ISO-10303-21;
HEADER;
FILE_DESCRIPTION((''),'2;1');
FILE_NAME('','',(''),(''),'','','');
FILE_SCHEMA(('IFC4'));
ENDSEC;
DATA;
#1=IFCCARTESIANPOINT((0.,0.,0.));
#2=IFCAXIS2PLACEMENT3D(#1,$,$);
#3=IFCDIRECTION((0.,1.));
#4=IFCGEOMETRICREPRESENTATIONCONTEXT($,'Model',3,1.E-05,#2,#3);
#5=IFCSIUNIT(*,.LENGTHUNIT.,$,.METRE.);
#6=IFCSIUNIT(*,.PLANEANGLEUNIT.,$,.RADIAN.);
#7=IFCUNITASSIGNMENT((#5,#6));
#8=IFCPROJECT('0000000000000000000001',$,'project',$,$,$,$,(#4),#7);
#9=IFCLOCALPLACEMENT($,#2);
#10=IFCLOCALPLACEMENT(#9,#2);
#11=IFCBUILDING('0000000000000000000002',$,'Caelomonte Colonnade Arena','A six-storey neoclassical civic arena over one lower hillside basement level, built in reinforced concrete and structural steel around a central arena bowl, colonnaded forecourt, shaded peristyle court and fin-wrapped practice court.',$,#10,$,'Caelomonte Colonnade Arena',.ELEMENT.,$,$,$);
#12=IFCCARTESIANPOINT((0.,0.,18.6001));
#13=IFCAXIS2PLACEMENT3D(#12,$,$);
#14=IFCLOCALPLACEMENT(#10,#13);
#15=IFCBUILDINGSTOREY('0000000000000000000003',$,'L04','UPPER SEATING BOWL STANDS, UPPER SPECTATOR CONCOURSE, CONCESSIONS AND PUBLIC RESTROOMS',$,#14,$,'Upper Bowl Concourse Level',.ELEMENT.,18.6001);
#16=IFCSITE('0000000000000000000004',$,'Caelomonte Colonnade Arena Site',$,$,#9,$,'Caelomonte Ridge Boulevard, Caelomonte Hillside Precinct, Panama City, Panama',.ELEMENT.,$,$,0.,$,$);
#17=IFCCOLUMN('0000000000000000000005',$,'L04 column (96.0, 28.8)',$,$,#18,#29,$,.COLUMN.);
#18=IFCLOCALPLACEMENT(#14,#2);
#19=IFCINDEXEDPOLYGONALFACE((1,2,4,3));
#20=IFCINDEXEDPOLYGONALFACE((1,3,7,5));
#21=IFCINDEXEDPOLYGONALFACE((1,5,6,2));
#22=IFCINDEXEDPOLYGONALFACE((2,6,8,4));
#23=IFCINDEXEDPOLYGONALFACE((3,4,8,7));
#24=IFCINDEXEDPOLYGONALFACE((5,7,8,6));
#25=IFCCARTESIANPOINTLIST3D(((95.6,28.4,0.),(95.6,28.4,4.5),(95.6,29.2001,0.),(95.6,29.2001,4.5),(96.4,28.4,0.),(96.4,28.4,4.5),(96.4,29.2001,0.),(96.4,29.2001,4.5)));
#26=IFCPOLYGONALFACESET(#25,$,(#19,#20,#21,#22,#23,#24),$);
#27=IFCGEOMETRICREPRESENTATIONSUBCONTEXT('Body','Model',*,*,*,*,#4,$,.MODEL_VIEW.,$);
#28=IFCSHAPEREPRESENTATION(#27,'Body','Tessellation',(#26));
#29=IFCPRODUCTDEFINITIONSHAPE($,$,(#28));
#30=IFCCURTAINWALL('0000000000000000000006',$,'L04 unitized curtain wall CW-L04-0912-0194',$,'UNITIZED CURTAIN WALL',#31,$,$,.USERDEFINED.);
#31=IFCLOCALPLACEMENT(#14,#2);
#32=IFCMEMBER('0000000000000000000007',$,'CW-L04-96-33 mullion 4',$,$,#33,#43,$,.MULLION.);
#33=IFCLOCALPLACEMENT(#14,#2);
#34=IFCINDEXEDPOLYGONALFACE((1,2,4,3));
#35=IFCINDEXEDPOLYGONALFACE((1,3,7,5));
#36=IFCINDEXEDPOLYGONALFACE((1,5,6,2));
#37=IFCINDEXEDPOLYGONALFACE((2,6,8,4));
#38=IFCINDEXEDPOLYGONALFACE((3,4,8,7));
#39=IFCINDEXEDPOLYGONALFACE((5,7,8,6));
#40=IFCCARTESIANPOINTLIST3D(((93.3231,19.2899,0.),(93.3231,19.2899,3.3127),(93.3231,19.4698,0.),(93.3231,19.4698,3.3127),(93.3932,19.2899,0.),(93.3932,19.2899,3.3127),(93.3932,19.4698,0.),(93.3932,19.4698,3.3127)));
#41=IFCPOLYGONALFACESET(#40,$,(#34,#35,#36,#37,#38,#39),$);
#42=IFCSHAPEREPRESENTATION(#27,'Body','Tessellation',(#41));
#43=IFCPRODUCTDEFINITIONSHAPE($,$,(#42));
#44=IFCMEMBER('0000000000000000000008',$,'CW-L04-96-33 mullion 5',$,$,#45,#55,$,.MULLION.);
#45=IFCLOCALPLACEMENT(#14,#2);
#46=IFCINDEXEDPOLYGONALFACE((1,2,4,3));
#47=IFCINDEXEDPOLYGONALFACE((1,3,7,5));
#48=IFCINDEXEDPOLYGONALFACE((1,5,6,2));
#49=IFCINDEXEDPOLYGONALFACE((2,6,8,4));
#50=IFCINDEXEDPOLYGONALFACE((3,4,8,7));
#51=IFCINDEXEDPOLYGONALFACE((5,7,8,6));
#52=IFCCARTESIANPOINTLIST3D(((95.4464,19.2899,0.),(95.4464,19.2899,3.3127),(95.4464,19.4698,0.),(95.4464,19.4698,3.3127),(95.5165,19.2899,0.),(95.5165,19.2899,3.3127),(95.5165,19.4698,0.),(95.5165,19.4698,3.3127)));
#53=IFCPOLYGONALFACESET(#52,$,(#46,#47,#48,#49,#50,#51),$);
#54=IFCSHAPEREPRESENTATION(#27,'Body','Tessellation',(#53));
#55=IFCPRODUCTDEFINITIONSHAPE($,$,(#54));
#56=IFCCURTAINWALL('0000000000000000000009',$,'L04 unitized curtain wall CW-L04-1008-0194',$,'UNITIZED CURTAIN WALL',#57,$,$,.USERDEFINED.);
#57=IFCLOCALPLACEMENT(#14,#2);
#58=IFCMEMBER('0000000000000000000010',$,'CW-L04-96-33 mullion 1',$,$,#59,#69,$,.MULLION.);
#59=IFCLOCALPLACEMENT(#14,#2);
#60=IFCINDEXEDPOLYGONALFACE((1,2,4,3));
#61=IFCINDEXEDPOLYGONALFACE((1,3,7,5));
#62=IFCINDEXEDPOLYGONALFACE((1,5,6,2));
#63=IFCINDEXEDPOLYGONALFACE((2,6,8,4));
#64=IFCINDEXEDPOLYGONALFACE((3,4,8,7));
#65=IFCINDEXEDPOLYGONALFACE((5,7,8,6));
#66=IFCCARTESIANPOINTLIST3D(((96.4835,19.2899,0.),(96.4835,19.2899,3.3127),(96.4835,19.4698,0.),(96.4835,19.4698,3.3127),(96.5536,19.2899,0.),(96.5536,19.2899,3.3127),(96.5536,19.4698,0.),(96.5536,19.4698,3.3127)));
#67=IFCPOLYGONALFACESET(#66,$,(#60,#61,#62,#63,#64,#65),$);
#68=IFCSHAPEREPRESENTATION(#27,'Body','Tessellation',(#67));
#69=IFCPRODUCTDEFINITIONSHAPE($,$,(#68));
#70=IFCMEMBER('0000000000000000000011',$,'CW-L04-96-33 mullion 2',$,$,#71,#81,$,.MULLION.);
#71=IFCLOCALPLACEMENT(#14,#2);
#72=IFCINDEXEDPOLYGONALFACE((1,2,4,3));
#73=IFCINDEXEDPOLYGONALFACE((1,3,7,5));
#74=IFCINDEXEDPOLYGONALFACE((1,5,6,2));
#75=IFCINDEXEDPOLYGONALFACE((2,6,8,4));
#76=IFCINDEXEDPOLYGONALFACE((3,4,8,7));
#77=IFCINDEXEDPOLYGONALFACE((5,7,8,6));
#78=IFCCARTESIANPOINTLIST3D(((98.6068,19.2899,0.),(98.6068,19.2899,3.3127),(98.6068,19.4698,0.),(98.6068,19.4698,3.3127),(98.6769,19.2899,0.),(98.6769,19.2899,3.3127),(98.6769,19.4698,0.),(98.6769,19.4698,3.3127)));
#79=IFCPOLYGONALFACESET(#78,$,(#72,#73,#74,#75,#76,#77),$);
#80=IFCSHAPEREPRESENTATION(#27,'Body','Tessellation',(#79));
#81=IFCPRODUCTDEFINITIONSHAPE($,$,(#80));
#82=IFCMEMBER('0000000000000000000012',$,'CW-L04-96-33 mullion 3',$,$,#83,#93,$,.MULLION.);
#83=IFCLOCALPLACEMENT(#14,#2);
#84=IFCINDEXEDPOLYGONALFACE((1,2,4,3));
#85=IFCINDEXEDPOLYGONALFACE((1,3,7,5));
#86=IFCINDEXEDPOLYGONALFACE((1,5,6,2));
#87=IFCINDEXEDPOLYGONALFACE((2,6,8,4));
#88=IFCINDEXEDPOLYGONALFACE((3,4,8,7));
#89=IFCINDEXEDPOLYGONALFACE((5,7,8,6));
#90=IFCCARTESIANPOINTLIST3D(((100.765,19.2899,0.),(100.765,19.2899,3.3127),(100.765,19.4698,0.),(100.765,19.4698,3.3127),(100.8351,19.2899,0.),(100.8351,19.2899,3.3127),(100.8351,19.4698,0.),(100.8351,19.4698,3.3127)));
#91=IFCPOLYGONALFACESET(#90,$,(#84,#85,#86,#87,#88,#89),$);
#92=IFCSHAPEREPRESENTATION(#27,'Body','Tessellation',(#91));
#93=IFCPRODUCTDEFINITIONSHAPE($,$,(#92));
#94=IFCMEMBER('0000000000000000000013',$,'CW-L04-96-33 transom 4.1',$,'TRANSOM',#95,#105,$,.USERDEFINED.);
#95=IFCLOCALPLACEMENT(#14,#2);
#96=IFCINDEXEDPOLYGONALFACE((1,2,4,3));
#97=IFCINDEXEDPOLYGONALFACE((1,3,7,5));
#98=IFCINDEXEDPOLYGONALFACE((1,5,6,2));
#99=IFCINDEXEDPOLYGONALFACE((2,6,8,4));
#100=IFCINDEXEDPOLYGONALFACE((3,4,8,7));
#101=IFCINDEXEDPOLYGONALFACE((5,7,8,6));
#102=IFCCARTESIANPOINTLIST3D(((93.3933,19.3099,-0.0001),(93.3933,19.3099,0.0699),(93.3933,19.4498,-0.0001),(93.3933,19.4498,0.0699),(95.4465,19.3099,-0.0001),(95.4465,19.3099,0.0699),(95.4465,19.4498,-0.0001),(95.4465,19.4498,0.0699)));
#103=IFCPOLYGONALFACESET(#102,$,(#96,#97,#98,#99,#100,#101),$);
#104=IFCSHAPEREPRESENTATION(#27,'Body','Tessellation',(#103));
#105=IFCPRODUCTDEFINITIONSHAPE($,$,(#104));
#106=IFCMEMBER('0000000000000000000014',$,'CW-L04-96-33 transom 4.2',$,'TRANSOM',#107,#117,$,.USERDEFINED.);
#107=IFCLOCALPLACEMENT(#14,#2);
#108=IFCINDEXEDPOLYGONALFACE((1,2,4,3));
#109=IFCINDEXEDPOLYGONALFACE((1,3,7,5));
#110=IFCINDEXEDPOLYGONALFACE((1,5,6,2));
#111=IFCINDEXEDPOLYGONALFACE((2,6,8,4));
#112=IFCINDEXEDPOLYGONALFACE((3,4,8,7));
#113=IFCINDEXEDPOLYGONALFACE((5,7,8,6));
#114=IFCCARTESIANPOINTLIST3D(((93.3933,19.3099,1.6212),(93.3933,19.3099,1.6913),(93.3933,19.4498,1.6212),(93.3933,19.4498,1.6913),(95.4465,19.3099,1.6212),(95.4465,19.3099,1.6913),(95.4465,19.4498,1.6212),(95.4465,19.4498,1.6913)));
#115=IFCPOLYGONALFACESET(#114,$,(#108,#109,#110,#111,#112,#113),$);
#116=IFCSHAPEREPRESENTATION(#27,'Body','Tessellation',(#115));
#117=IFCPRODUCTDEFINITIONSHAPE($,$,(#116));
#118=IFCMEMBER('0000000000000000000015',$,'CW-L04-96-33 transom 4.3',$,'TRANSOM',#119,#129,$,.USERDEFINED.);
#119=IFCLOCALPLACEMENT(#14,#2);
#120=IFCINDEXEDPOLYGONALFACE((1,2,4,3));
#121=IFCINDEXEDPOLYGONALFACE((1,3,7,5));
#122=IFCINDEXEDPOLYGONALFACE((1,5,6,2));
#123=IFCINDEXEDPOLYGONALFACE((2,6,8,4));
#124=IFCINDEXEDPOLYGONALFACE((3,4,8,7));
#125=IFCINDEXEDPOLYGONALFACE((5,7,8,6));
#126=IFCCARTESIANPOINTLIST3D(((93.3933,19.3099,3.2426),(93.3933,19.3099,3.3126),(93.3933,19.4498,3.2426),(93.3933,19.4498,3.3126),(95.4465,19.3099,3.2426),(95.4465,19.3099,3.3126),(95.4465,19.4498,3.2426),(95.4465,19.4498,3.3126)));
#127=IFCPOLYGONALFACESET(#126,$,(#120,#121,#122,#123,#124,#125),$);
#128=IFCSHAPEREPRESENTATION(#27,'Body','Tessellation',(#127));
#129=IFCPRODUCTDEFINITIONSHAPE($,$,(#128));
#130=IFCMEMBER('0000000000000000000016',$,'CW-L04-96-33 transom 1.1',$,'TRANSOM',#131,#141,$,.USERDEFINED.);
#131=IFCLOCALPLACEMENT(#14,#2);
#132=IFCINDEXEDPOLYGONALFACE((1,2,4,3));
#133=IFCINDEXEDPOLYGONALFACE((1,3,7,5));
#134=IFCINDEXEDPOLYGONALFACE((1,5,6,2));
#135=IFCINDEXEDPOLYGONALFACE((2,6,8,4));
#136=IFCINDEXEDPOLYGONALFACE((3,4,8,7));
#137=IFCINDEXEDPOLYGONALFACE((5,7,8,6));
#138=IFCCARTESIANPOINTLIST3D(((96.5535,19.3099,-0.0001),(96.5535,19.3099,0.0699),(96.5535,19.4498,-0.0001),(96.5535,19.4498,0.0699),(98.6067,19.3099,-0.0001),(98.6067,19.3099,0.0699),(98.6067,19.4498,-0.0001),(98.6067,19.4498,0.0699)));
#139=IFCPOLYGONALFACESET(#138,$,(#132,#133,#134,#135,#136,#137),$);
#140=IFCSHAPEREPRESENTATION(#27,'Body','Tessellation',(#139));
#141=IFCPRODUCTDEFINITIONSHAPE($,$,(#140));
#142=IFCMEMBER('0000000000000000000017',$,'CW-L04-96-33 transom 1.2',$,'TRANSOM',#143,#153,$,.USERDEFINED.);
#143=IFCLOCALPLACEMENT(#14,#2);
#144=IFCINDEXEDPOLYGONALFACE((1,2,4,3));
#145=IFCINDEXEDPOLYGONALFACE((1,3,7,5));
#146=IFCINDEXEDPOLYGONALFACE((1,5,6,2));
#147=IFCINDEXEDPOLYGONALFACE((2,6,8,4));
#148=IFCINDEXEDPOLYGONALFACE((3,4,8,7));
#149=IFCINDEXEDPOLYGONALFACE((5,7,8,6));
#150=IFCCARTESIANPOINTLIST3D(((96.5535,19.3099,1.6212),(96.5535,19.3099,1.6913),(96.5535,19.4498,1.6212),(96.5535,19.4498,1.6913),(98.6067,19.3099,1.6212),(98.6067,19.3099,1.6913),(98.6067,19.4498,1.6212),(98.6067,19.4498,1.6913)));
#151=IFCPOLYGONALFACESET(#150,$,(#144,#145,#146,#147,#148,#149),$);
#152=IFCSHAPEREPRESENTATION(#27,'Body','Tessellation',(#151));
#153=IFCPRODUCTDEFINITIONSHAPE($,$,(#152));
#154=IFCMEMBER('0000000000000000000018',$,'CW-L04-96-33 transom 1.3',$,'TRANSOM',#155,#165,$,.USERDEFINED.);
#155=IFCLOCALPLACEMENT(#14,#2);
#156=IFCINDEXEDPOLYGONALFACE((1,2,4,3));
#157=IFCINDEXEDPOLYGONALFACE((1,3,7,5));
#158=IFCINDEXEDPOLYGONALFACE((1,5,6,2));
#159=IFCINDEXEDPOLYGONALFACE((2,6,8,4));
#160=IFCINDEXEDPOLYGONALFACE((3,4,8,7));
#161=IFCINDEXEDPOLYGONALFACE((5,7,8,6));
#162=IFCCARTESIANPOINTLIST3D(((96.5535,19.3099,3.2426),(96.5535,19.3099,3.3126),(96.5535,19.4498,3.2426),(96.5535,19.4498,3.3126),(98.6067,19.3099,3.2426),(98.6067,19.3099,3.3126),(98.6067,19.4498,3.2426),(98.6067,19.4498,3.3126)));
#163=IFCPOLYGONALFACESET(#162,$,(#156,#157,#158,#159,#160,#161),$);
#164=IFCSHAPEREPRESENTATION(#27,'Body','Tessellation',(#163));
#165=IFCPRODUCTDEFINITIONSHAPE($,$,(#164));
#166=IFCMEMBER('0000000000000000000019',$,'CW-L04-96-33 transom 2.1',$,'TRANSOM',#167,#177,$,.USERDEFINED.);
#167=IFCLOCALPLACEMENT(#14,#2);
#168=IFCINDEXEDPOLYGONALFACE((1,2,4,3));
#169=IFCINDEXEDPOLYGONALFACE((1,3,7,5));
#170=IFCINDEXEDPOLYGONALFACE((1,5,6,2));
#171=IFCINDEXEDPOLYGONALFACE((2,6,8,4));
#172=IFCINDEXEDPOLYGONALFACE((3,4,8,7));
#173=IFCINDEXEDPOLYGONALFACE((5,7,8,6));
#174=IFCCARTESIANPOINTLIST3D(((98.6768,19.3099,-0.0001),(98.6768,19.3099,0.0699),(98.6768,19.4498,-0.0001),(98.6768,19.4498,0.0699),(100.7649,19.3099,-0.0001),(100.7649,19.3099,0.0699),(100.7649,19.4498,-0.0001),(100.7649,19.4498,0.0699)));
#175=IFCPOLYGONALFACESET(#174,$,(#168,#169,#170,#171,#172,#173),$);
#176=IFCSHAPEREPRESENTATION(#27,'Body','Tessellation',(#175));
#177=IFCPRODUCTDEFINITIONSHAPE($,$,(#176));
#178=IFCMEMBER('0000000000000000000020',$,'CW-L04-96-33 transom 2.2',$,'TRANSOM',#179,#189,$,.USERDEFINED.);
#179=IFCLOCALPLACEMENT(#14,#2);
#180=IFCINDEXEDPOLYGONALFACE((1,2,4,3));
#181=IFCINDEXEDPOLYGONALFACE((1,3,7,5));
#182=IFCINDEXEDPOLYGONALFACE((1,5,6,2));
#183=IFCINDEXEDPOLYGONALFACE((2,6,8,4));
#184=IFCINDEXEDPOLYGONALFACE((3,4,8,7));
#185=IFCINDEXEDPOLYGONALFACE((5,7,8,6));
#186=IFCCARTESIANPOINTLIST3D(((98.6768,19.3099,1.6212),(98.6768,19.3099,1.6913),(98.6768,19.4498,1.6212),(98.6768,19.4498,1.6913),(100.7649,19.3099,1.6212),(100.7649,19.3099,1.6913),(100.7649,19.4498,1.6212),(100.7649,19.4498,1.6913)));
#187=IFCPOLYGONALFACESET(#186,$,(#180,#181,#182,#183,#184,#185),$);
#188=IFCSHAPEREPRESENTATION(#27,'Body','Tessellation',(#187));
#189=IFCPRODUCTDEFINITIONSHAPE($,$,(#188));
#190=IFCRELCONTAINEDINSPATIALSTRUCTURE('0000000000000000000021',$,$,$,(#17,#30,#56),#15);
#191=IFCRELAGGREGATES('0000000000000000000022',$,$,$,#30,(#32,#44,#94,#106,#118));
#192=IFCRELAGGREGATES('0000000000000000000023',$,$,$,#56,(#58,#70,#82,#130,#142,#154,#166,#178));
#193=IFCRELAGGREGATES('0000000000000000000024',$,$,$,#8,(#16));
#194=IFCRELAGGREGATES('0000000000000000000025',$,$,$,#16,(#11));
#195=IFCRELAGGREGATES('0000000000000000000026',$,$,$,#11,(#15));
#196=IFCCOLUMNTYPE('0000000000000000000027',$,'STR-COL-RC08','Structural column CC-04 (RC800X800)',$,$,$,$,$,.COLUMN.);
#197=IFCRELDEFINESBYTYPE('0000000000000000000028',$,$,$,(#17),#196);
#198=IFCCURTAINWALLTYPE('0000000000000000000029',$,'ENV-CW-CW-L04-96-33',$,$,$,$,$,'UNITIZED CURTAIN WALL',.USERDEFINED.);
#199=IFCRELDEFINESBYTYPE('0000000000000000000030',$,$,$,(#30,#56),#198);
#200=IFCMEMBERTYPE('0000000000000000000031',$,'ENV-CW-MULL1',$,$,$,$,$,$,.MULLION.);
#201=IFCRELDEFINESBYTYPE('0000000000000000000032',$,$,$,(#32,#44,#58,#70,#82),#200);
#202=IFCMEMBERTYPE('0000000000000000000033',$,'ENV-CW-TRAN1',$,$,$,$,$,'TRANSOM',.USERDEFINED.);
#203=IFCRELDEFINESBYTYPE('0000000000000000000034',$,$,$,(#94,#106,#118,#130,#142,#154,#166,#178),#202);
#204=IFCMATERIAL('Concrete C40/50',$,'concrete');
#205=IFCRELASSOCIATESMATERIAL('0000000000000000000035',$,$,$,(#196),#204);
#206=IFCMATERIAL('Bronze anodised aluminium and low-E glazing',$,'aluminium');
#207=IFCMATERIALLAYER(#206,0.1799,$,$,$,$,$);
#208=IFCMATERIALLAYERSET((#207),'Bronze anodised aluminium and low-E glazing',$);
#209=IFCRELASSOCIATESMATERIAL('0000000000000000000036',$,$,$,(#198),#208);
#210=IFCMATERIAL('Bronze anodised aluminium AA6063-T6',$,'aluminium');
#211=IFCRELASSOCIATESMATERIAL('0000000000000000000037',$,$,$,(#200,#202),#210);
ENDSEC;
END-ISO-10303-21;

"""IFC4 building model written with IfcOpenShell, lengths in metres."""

from ifc_helpers import new_model, si_unit, direction, frame, origin, origin_2d, place, context, subcontext, project, spatial, rectangle, extrude, material, layer, layer_set, material_profile, profile_set, type_object, element, aggregate, save


model = new_model("IFC4")

# Units and contexts
model_context = context("Model", 3, precision=1e-05, world=origin(), true_north=direction((0.0, 1.0)))
body_context = subcontext(model_context, "Body", "Model", "MODEL_VIEW")
ifc_project = project(units=[si_unit("LENGTHUNIT", "METRE"), si_unit("PLANEANGLEUNIT", "RADIAN")], contexts=[model_context])

# Site, building, storey
site_placement = place(None, origin())
site = spatial("IfcSite", under=ifc_project, at=site_placement, Name="Caelomonte Colonnade Arena Site", LongName="Caelomonte Ridge Boulevard, Caelomonte Hillside Precinct, Panama City, Panama", CompositionType="ELEMENT", RefElevation=0.0)
building_placement = place(site_placement, origin())
building = spatial("IfcBuilding", under=site, at=building_placement, Name="Caelomonte Colonnade Arena", Description="A six-storey neoclassical civic arena over one lower hillside basement level, built in reinforced concrete and structural steel around a central arena bowl, colonnaded forecourt, shaded peristyle court and fin-wrapped practice court.", LongName="Caelomonte Colonnade Arena", CompositionType="ELEMENT")
storey_placement = place(building_placement, frame((0.0, 0.0, 18.6001)))
storey = spatial("IfcBuildingStorey", under=building, at=storey_placement, Name="L04", Description="UPPER SEATING BOWL STANDS, UPPER SPECTATOR CONCOURSE, CONCESSIONS AND PUBLIC RESTROOMS", LongName="Upper Bowl Concourse Level", CompositionType="ELEMENT", Elevation=18.6001)

# Column
ifc_material_1 = material(Name="Concrete C40/50", Category="concrete")
ifc_material_profile_1 = material_profile(ifc_material_1, rectangle(XDim=0.8, YDim=0.8, at=origin_2d()), Name="RC800X800")
ifc_profile_set_1 = profile_set([ifc_material_profile_1], Name="Concrete C40/50")
column_type = type_object("IfcColumnType", Name="STR-COL-RC08", Description="Structural column CC-04 (RC800X800)", PredefinedType="COLUMN", material=ifc_profile_set_1)
column_placement = place(storey_placement, frame((96.0, 28.8, 0.0), z_axis=(0.0, 0.0, 1.0), x_axis=(1.0, 0.0, 0.0)))
element("IfcColumn", 1, at=column_placement, inside=storey, type_object=column_type, Name="L04 column (96.0, 28.8)", PredefinedType="COLUMN", context=body_context, shape_type="SweptSolid", body=[
    extrude(rectangle(XDim=0.8, YDim=0.8, at=origin_2d()), origin(), (0.0, 0.0, 1.0), 4.5),
])

# Curtain walls, members
ifc_material_2 = material(Name="Bronze anodised aluminium and low-E glazing", Category="aluminium")
ifc_layer_1 = layer(ifc_material_2, 0.1799)
ifc_layer_set_1 = layer_set([ifc_layer_1], Name="Bronze anodised aluminium and low-E glazing")
curtain_wall_type = type_object("IfcCurtainWallType", Name="ENV-CW-CW-L04-96-33", ElementType="UNITIZED CURTAIN WALL", PredefinedType="USERDEFINED", material=ifc_layer_set_1)
curtain_wall_1_placement = place(storey_placement, origin())
curtain_wall_1 = element("IfcCurtainWall", 2, at=curtain_wall_1_placement, inside=storey, type_object=curtain_wall_type, Name="L04 unitized curtain wall CW-L04-0912-0194", ObjectType="UNITIZED CURTAIN WALL", PredefinedType="USERDEFINED")
ifc_material_3 = material(Name="Bronze anodised aluminium AA6063-T6", Category="aluminium")
ifc_material_profile_2 = material_profile(ifc_material_3, rectangle(XDim=0.0701, YDim=0.1799, at=origin_2d()), Name="CWM-70X180")
ifc_profile_set_2 = profile_set([ifc_material_profile_2], Name="Bronze anodised aluminium AA6063-T6")
member_type_1 = type_object("IfcMemberType", Name="ENV-CW-MULL1", PredefinedType="MULLION", material=ifc_profile_set_2)
member_1_placement = place(storey_placement, frame((93.3582, 19.3799, 0.0), z_axis=(0.0, 0.0, 1.0), x_axis=(1.0, 0.0, 0.0)))
member_1 = element("IfcMember", 3, at=member_1_placement, type_object=member_type_1, Name="CW-L04-96-33 mullion 4", PredefinedType="MULLION", context=body_context, shape_type="SweptSolid", body=[
    extrude(rectangle(XDim=0.0701, YDim=0.1799, at=origin_2d()), origin(), (0.0, 0.0, 1.0), 3.3127),
])
member_2_placement = place(storey_placement, frame((95.4814, 19.3799, 0.0), z_axis=(0.0, 0.0, 1.0), x_axis=(1.0, 0.0, 0.0)))
member_2 = element("IfcMember", 4, at=member_2_placement, type_object=member_type_1, Name="CW-L04-96-33 mullion 5", PredefinedType="MULLION", context=body_context, shape_type="SweptSolid", body=[
    extrude(rectangle(XDim=0.0701, YDim=0.1799, at=origin_2d()), origin(), (0.0, 0.0, 1.0), 3.3127),
])
curtain_wall_2_placement = place(storey_placement, origin())
curtain_wall_2 = element("IfcCurtainWall", 5, at=curtain_wall_2_placement, inside=storey, type_object=curtain_wall_type, Name="L04 unitized curtain wall CW-L04-1008-0194", ObjectType="UNITIZED CURTAIN WALL", PredefinedType="USERDEFINED")
member_3_placement = place(storey_placement, frame((96.5186, 19.3799, 0.0), z_axis=(0.0, 0.0, 1.0), x_axis=(1.0, 0.0, 0.0)))
member_3 = element("IfcMember", 6, at=member_3_placement, type_object=member_type_1, Name="CW-L04-96-33 mullion 1", PredefinedType="MULLION", context=body_context, shape_type="SweptSolid", body=[
    extrude(rectangle(XDim=0.0701, YDim=0.1799, at=origin_2d()), origin(), (0.0, 0.0, 1.0), 3.3127),
])
member_4_placement = place(storey_placement, frame((98.6418, 19.3799, 0.0), z_axis=(0.0, 0.0, 1.0), x_axis=(1.0, 0.0, 0.0)))
member_4 = element("IfcMember", 7, at=member_4_placement, type_object=member_type_1, Name="CW-L04-96-33 mullion 2", PredefinedType="MULLION", context=body_context, shape_type="SweptSolid", body=[
    extrude(rectangle(XDim=0.0701, YDim=0.1799, at=origin_2d()), origin(), (0.0, 0.0, 1.0), 3.3127),
])
member_5_placement = place(storey_placement, frame((100.8, 19.3799, 0.0), z_axis=(0.0, 0.0, 1.0), x_axis=(1.0, 0.0, 0.0)))
member_5 = element("IfcMember", 8, at=member_5_placement, type_object=member_type_1, Name="CW-L04-96-33 mullion 3", PredefinedType="MULLION", context=body_context, shape_type="SweptSolid", body=[
    extrude(rectangle(XDim=0.0701, YDim=0.1799, at=origin_2d()), origin(), (0.0, 0.0, 1.0), 3.3127),
])

# Members
ifc_material_profile_3 = material_profile(ifc_material_3, rectangle(XDim=0.0701, YDim=0.1399, at=origin_2d()), Name="CWT-70X140")
ifc_profile_set_3 = profile_set([ifc_material_profile_3], Name="Bronze anodised aluminium AA6063-T6")
member_type_2 = type_object("IfcMemberType", Name="ENV-CW-TRAN1", ElementType="TRANSOM", PredefinedType="USERDEFINED", material=ifc_profile_set_3)
member_6_placement = place(storey_placement, frame((93.3933, 19.3799, 0.0349), z_axis=(1.0, 0.0, 0.0), x_axis=(0.0, 0.0, 1.0)))
member_6 = element("IfcMember", 9, at=member_6_placement, type_object=member_type_2, Name="CW-L04-96-33 transom 4.1", ObjectType="TRANSOM", PredefinedType="USERDEFINED", context=body_context, shape_type="SweptSolid", body=[
    extrude(rectangle(XDim=0.0701, YDim=0.1399, at=origin_2d()), origin(), (0.0, 0.0, 1.0), 2.0532),
])
member_7_placement = place(storey_placement, frame((93.3933, 19.3799, 1.6562), z_axis=(1.0, 0.0, 0.0), x_axis=(0.0, 0.0, 1.0)))
member_7 = element("IfcMember", 10, at=member_7_placement, type_object=member_type_2, Name="CW-L04-96-33 transom 4.2", ObjectType="TRANSOM", PredefinedType="USERDEFINED", context=body_context, shape_type="SweptSolid", body=[
    extrude(rectangle(XDim=0.0701, YDim=0.1399, at=origin_2d()), origin(), (0.0, 0.0, 1.0), 2.0532),
])
member_8_placement = place(storey_placement, frame((93.3933, 19.3799, 3.2776), z_axis=(1.0, 0.0, 0.0), x_axis=(0.0, 0.0, 1.0)))
member_8 = element("IfcMember", 11, at=member_8_placement, type_object=member_type_2, Name="CW-L04-96-33 transom 4.3", ObjectType="TRANSOM", PredefinedType="USERDEFINED", context=body_context, shape_type="SweptSolid", body=[
    extrude(rectangle(XDim=0.0701, YDim=0.1399, at=origin_2d()), origin(), (0.0, 0.0, 1.0), 2.0532),
])
member_9_placement = place(storey_placement, frame((96.5535, 19.3799, 0.0349), z_axis=(1.0, 0.0, 0.0), x_axis=(0.0, 0.0, 1.0)))
member_9 = element("IfcMember", 12, at=member_9_placement, type_object=member_type_2, Name="CW-L04-96-33 transom 1.1", ObjectType="TRANSOM", PredefinedType="USERDEFINED", context=body_context, shape_type="SweptSolid", body=[
    extrude(rectangle(XDim=0.0701, YDim=0.1399, at=origin_2d()), origin(), (0.0, 0.0, 1.0), 2.0532),
])
member_10_placement = place(storey_placement, frame((96.5535, 19.3799, 1.6562), z_axis=(1.0, 0.0, 0.0), x_axis=(0.0, 0.0, 1.0)))
member_10 = element("IfcMember", 13, at=member_10_placement, type_object=member_type_2, Name="CW-L04-96-33 transom 1.2", ObjectType="TRANSOM", PredefinedType="USERDEFINED", context=body_context, shape_type="SweptSolid", body=[
    extrude(rectangle(XDim=0.0701, YDim=0.1399, at=origin_2d()), origin(), (0.0, 0.0, 1.0), 2.0532),
])
member_11_placement = place(storey_placement, frame((96.5535, 19.3799, 3.2776), z_axis=(1.0, 0.0, 0.0), x_axis=(0.0, 0.0, 1.0)))
member_11 = element("IfcMember", 14, at=member_11_placement, type_object=member_type_2, Name="CW-L04-96-33 transom 1.3", ObjectType="TRANSOM", PredefinedType="USERDEFINED", context=body_context, shape_type="SweptSolid", body=[
    extrude(rectangle(XDim=0.0701, YDim=0.1399, at=origin_2d()), origin(), (0.0, 0.0, 1.0), 2.0532),
])
member_12_placement = place(storey_placement, frame((98.6768, 19.3799, 0.0349), z_axis=(1.0, 0.0, 0.0), x_axis=(0.0, 0.0, 1.0)))
member_12 = element("IfcMember", 15, at=member_12_placement, type_object=member_type_2, Name="CW-L04-96-33 transom 2.1", ObjectType="TRANSOM", PredefinedType="USERDEFINED", context=body_context, shape_type="SweptSolid", body=[
    extrude(rectangle(XDim=0.0701, YDim=0.1399, at=origin_2d()), origin(), (0.0, 0.0, 1.0), 2.0881),
])
member_13_placement = place(storey_placement, frame((98.6768, 19.3799, 1.6562), z_axis=(1.0, 0.0, 0.0), x_axis=(0.0, 0.0, 1.0)))
member_13 = element("IfcMember", 16, at=member_13_placement, type_object=member_type_2, Name="CW-L04-96-33 transom 2.2", ObjectType="TRANSOM", PredefinedType="USERDEFINED", context=body_context, shape_type="SweptSolid", body=[
    extrude(rectangle(XDim=0.0701, YDim=0.1399, at=origin_2d()), origin(), (0.0, 0.0, 1.0), 2.0881),
])

aggregate(curtain_wall_1, [member_1, member_2, member_6, member_7, member_8])
aggregate(curtain_wall_2, [member_3, member_4, member_5, member_9, member_10, member_11, member_12, member_13])

save(model, "model.ifc")
